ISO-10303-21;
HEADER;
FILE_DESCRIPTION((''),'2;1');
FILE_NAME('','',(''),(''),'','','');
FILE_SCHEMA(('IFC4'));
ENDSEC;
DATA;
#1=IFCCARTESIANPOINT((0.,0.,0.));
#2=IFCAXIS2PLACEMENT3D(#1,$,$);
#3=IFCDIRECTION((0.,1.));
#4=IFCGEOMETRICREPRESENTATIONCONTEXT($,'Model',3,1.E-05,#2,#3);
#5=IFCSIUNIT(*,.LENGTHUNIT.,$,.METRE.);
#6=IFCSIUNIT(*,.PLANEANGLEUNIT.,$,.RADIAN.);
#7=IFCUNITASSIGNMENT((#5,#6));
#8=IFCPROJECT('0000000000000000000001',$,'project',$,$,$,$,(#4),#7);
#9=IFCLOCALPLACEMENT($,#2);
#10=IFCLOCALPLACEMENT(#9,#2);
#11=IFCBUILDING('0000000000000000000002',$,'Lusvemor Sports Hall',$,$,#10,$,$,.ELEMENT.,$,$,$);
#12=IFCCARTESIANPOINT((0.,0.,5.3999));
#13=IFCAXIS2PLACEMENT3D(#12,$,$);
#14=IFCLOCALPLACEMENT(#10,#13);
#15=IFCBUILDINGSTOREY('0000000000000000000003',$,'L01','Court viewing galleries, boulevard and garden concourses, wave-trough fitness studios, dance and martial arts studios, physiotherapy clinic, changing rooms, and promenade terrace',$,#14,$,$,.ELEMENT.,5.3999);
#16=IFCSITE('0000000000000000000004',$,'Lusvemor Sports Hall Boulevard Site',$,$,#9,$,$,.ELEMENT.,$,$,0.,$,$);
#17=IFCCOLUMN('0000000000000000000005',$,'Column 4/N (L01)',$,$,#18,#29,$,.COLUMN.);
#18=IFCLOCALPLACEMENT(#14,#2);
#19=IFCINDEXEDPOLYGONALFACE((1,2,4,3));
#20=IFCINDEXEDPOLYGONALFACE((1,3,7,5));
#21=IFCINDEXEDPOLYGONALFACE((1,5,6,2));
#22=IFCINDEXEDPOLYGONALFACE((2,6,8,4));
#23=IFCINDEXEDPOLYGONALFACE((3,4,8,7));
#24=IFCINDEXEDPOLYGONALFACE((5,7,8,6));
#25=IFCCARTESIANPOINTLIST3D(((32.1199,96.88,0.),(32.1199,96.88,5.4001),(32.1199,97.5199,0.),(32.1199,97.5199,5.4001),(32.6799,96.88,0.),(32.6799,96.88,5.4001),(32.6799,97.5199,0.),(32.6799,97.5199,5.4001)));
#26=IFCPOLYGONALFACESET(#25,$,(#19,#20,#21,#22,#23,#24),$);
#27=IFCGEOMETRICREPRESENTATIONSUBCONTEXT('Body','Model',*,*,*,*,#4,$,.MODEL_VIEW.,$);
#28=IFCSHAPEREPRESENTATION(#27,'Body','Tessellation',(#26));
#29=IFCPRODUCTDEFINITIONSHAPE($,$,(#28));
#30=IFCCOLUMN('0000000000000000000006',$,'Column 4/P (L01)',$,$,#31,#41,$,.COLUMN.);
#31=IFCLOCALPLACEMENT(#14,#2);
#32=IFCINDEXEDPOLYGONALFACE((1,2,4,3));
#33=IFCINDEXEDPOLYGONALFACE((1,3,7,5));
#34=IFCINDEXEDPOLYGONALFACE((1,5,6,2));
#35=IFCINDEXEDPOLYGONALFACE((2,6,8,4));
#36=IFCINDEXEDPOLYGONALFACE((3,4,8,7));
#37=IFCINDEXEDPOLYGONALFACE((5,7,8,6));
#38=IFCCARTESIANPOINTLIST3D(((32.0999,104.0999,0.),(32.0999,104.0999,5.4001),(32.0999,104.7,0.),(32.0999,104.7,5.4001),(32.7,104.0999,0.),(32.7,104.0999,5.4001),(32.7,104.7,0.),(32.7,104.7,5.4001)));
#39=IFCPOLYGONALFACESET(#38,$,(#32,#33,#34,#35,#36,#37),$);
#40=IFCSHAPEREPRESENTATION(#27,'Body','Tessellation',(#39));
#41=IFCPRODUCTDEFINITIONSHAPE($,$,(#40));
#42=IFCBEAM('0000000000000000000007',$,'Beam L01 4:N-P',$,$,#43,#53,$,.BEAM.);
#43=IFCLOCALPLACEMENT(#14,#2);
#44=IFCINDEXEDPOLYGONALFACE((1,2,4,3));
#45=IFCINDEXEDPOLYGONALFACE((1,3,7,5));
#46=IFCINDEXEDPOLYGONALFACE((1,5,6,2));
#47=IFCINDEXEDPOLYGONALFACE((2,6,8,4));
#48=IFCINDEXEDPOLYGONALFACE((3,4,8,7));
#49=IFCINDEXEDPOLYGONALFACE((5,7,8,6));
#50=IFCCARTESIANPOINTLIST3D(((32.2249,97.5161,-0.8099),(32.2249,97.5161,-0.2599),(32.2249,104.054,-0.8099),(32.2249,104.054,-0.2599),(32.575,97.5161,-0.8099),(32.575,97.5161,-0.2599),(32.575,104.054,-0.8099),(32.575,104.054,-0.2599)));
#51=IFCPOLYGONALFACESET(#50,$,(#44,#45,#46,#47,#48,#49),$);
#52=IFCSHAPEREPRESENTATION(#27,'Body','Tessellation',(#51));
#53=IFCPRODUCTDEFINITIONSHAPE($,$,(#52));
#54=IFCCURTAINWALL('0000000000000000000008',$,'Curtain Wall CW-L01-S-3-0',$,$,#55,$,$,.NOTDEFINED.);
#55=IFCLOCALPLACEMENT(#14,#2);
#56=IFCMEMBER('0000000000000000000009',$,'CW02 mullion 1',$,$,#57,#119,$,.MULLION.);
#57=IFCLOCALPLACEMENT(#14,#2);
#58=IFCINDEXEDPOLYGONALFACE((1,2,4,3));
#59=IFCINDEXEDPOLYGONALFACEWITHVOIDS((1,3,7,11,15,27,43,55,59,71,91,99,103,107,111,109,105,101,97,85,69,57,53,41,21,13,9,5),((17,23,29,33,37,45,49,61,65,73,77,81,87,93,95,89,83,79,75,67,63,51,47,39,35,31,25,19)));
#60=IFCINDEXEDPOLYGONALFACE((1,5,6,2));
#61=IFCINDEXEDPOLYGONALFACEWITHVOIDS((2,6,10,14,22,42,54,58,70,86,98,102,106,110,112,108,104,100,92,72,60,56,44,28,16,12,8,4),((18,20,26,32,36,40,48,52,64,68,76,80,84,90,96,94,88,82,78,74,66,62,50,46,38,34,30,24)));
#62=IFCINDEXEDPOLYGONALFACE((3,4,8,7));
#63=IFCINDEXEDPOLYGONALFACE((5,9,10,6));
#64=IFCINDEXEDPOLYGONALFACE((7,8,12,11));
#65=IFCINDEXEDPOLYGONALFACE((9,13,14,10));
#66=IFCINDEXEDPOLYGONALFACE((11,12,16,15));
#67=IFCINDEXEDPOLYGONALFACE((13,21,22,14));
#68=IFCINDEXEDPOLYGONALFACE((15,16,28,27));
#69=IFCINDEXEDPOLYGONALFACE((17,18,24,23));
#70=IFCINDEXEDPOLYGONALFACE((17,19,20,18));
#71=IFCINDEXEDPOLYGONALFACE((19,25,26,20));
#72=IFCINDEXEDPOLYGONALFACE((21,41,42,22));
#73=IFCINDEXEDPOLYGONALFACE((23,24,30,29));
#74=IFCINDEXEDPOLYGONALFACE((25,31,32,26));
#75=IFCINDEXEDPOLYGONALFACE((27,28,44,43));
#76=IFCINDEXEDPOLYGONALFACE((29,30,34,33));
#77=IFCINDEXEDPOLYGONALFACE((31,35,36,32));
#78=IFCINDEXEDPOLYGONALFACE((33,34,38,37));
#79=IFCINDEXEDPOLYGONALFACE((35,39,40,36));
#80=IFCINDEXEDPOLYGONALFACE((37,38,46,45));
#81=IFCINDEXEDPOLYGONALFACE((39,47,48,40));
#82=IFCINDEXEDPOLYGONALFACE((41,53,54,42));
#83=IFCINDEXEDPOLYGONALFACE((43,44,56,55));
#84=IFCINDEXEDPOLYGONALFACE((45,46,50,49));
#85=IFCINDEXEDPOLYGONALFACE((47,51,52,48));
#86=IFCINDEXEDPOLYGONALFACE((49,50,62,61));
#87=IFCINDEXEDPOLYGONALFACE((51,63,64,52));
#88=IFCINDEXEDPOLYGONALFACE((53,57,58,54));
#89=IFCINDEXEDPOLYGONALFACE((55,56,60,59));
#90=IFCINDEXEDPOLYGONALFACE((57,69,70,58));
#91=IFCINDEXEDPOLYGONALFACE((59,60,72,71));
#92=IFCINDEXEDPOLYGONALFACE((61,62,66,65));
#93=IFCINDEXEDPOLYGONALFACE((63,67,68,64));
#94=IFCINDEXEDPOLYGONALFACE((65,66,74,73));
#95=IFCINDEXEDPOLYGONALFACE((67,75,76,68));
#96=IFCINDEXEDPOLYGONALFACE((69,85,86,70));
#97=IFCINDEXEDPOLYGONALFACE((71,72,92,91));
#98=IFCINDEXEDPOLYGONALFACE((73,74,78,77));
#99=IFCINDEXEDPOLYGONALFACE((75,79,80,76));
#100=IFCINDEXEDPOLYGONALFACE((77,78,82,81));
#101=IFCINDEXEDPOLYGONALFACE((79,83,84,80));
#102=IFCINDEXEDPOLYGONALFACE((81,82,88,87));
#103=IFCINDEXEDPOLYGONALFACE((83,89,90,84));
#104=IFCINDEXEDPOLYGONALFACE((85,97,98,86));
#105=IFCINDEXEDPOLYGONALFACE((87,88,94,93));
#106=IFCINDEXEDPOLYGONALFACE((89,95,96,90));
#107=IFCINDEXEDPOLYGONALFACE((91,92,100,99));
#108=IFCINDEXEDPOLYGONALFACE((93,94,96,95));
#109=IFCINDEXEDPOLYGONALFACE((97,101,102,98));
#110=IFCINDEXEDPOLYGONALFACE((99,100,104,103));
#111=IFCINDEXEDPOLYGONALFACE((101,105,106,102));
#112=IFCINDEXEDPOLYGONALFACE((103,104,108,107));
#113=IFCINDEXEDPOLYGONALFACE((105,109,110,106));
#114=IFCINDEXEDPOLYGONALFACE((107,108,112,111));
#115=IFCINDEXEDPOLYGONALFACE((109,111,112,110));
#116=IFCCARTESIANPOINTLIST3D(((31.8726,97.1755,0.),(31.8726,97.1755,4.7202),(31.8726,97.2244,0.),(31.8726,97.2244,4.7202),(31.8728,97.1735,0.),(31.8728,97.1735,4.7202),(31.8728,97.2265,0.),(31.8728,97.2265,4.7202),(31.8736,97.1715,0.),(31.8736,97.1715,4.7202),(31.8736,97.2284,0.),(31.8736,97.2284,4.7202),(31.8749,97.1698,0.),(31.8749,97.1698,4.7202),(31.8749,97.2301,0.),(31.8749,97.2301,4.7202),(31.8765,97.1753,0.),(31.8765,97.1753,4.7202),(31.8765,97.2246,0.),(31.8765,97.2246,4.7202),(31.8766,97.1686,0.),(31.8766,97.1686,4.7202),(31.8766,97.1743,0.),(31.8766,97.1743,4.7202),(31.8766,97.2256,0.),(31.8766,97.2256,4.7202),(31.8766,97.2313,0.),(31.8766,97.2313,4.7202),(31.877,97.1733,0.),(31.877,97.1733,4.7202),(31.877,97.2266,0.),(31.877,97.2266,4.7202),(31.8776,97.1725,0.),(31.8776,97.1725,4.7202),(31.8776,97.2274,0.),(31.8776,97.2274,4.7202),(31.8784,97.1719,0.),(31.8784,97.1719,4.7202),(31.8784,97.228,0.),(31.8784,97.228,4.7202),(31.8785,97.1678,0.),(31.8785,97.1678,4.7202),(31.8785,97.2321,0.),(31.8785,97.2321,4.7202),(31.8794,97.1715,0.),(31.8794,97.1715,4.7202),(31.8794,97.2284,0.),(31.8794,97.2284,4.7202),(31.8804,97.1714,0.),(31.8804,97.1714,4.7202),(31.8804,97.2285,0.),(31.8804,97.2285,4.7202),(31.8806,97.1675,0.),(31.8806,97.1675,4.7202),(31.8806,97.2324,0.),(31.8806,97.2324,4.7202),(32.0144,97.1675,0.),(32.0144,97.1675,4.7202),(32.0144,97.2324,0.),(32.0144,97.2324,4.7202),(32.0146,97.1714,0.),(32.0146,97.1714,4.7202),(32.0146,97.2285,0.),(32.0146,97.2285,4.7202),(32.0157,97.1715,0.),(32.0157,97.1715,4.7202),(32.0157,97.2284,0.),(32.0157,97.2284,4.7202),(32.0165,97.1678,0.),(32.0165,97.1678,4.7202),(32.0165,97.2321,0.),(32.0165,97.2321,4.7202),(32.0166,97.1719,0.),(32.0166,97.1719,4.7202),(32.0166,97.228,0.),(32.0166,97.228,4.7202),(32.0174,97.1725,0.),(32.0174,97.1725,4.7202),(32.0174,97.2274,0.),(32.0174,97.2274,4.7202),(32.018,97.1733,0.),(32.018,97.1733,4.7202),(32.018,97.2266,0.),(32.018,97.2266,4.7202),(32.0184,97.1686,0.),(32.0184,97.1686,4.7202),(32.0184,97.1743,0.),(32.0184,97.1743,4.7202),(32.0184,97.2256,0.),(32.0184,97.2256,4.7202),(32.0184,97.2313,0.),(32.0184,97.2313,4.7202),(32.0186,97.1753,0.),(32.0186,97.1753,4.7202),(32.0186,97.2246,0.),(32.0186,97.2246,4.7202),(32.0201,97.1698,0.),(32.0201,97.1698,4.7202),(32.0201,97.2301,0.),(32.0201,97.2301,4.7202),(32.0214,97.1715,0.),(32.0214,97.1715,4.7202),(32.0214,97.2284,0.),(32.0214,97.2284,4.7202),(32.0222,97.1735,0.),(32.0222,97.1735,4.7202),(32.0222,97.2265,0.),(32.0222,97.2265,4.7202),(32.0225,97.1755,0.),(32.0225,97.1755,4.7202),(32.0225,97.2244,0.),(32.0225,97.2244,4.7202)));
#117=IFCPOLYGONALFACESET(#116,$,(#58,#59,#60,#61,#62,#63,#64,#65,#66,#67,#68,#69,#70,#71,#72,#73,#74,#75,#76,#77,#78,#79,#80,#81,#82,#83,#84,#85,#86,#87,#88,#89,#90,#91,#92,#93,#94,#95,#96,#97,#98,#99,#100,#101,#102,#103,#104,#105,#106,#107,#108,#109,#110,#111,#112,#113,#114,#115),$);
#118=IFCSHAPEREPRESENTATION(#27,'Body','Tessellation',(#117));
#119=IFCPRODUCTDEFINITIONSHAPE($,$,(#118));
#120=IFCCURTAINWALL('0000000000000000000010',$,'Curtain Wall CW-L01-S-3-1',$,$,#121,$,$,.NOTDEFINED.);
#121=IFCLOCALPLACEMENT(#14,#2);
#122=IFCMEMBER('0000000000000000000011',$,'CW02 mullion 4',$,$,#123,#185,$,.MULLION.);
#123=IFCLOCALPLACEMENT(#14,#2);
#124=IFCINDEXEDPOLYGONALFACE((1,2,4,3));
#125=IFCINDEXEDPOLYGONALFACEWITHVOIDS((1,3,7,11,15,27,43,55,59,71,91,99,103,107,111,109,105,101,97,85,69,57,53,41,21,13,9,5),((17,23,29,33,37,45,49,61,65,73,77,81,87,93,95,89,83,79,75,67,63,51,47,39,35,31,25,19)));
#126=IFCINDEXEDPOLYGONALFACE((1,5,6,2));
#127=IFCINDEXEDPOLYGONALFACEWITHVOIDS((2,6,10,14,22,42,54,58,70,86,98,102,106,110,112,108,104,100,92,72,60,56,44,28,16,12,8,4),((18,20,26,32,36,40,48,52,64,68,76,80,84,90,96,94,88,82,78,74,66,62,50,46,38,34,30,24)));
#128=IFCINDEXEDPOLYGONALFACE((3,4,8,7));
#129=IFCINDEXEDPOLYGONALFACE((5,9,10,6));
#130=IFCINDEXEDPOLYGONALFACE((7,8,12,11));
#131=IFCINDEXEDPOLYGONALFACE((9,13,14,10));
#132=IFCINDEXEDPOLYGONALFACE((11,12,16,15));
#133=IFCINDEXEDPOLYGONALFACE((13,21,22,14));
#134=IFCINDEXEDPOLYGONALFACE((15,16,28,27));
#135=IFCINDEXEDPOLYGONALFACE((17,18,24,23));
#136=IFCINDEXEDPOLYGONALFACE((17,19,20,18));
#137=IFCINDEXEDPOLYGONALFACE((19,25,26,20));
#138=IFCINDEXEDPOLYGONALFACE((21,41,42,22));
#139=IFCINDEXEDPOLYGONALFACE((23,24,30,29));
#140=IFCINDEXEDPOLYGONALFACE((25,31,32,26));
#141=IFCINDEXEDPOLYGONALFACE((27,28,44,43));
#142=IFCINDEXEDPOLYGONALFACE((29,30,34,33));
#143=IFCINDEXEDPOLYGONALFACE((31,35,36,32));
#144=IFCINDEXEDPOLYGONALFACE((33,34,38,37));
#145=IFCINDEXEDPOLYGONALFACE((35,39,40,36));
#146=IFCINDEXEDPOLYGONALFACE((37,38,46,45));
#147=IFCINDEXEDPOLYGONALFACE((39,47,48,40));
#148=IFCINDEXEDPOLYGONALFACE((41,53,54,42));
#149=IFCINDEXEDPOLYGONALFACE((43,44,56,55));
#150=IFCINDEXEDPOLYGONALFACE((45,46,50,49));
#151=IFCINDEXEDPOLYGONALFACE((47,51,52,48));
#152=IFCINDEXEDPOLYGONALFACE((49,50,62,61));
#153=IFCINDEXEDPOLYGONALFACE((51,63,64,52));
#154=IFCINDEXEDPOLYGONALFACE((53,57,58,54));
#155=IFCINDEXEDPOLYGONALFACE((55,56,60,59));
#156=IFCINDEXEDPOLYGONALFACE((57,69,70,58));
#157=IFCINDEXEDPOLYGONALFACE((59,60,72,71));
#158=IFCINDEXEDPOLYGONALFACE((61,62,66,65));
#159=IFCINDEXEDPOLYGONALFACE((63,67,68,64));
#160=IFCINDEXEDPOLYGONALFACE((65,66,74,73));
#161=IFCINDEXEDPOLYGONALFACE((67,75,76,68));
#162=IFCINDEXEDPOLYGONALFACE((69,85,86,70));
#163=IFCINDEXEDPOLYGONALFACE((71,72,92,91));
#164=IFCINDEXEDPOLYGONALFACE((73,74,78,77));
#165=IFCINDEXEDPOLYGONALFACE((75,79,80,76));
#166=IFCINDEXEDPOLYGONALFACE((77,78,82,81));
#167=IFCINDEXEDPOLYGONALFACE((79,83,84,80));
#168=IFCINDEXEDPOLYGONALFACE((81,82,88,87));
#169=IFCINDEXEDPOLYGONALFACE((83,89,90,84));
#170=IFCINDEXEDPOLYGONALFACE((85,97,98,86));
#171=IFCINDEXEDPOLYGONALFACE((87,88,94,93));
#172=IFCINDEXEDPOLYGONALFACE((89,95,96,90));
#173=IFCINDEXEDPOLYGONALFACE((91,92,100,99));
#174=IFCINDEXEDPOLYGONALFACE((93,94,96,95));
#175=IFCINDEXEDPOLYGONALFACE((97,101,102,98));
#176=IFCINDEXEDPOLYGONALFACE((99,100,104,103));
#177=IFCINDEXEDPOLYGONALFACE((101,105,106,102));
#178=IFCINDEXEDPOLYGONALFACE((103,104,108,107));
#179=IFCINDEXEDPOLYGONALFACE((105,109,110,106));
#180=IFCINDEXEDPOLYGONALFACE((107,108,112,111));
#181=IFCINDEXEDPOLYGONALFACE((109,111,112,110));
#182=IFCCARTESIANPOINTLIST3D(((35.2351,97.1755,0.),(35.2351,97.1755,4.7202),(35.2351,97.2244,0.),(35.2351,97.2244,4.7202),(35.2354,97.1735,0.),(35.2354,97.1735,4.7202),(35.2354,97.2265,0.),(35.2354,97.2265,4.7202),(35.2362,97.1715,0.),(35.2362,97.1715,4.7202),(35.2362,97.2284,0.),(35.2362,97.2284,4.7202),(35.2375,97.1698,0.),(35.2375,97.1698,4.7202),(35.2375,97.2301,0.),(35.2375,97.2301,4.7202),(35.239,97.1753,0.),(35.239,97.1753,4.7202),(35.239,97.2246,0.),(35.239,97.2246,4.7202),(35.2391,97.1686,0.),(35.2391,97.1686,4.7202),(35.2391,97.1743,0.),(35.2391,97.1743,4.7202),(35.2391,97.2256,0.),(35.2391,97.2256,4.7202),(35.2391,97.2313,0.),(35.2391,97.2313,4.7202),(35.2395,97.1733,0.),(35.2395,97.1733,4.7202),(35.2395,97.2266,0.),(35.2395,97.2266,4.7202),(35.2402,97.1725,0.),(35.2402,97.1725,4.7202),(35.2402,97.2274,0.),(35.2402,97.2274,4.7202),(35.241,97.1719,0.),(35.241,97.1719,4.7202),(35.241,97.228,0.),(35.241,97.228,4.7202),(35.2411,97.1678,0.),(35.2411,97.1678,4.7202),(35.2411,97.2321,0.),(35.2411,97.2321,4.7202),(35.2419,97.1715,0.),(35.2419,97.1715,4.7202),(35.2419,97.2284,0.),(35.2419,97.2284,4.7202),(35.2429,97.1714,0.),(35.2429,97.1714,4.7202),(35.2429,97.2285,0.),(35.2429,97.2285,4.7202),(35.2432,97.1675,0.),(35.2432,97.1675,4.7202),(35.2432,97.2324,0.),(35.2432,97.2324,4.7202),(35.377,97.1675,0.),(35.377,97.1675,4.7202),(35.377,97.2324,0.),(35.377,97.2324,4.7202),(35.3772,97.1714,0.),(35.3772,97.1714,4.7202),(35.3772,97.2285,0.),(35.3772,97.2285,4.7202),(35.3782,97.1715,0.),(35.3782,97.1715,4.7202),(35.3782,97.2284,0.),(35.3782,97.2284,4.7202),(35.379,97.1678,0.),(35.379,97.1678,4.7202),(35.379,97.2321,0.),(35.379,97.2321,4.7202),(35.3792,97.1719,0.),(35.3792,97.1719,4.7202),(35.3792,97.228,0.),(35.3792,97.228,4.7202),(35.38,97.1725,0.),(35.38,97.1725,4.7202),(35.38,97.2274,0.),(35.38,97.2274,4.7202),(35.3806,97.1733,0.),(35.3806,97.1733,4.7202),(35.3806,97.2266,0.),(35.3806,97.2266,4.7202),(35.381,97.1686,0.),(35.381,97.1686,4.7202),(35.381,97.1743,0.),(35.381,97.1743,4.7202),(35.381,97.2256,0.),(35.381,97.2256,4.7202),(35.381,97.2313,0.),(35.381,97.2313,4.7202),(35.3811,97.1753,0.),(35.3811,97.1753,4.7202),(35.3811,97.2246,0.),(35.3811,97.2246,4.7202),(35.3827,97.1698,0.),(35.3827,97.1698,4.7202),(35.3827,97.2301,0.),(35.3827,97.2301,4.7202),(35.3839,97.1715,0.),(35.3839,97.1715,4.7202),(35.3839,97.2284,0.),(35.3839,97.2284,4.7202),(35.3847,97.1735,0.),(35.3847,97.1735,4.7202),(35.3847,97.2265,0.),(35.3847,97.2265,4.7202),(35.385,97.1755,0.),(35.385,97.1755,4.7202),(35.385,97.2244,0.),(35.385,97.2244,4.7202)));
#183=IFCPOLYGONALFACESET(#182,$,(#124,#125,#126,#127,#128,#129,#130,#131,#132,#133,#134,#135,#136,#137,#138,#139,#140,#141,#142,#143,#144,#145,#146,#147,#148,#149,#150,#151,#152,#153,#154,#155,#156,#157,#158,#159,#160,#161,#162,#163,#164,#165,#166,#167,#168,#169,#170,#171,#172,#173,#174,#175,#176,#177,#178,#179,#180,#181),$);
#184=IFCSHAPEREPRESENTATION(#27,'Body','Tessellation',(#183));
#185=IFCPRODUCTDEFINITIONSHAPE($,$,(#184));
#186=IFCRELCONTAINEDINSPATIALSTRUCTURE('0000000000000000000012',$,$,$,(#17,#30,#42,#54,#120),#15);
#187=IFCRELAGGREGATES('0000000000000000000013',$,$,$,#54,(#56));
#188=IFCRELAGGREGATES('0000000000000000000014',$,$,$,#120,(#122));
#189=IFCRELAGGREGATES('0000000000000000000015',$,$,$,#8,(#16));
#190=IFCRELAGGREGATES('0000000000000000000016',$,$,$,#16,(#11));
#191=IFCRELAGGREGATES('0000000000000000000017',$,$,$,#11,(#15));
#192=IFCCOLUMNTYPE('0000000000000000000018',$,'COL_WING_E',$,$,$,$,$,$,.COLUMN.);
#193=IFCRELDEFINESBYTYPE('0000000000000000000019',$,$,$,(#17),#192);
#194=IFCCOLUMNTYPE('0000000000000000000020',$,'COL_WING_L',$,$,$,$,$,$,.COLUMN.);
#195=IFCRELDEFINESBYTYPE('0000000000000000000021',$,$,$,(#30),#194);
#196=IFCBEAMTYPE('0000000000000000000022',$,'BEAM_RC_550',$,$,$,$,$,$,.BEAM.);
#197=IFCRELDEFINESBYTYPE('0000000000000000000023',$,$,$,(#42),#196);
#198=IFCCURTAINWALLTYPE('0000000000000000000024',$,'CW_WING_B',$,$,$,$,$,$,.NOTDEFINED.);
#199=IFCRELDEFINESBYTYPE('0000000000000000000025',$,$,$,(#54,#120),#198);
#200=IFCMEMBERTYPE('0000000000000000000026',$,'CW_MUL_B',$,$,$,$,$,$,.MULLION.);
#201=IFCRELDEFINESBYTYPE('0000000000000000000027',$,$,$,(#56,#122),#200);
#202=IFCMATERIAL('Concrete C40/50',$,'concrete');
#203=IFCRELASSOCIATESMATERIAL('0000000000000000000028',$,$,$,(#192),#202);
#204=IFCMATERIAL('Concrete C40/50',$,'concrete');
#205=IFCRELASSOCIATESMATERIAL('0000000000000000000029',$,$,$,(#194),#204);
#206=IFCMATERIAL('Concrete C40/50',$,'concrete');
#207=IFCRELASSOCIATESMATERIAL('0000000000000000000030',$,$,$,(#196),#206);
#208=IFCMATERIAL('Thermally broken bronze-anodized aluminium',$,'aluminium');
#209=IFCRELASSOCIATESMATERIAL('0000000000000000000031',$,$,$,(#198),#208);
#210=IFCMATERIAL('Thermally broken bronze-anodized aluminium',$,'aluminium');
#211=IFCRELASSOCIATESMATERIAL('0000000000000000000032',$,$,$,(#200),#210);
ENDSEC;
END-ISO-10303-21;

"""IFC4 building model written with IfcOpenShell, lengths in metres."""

from ifc_helpers import new_model, si_unit, direction, frame, origin, origin_2d, place, context, subcontext, project, spatial, rectangle, hollow_rectangle, extrude, material, material_profile, profile_set, type_object, element, aggregate, save


model = new_model("IFC4")

# Units and contexts
model_context = context("Model", 3, precision=1e-05, world=origin(), true_north=direction((0.0, 1.0)))
body_context = subcontext(model_context, "Body", "Model", "MODEL_VIEW")
ifc_project = project(units=[si_unit("LENGTHUNIT", "METRE"), si_unit("PLANEANGLEUNIT", "RADIAN")], contexts=[model_context])

# Site, building, storey
site_placement = place(None, origin())
site = spatial("IfcSite", under=ifc_project, at=site_placement, Name="Lusvemor Sports Hall Boulevard Site", CompositionType="ELEMENT", RefElevation=0.0)
building_placement = place(site_placement, origin())
building = spatial("IfcBuilding", under=site, at=building_placement, Name="Lusvemor Sports Hall", CompositionType="ELEMENT")
storey_placement = place(building_placement, frame((0.0, 0.0, 5.3999)))
storey = spatial("IfcBuildingStorey", under=building, at=storey_placement, Name="L01", Description="Court viewing galleries, boulevard and garden concourses, wave-trough fitness studios, dance and martial arts studios, physiotherapy clinic, changing rooms, and promenade terrace", CompositionType="ELEMENT", Elevation=5.3999)

# Columns
ifc_material_1 = material(Name="Concrete C40/50", Category="concrete")
ifc_material_profile_1 = material_profile(ifc_material_1, rectangle(XDim=0.5601, YDim=0.6399, at=origin_2d()), Name="RC560x640")
ifc_profile_set_1 = profile_set([ifc_material_profile_1], Name="Concrete C40/50")
column_type_1 = type_object("IfcColumnType", Name="COL_WING_E", PredefinedType="COLUMN", material=ifc_profile_set_1)
column_1_placement = place(storey_placement, frame((32.3999, 97.2, 0.0), z_axis=(0.0, 0.0, 1.0), x_axis=(1.0, 0.0, 0.0)))
element("IfcColumn", 1, at=column_1_placement, inside=storey, type_object=column_type_1, Name="Column 4/N (L01)", PredefinedType="COLUMN", context=body_context, shape_type="SweptSolid", body=[
    extrude(rectangle(XDim=0.5601, YDim=0.6399, at=origin_2d()), origin(), (0.0, 0.0, 1.0), 5.4001),
])
ifc_material_2 = material(Name="Concrete C40/50", Category="concrete")
ifc_material_profile_2 = material_profile(ifc_material_2, rectangle(XDim=0.6001, YDim=0.6001, at=origin_2d()), Name="RC600x600")
ifc_profile_set_2 = profile_set([ifc_material_profile_2], Name="Concrete C40/50")
column_type_2 = type_object("IfcColumnType", Name="COL_WING_L", PredefinedType="COLUMN", material=ifc_profile_set_2)
column_2_placement = place(storey_placement, frame((32.3999, 104.3999, 0.0), z_axis=(0.0, 0.0, 1.0), x_axis=(1.0, 0.0, 0.0)))
element("IfcColumn", 2, at=column_2_placement, inside=storey, type_object=column_type_2, Name="Column 4/P (L01)", PredefinedType="COLUMN", context=body_context, shape_type="SweptSolid", body=[
    extrude(rectangle(XDim=0.6001, YDim=0.6001, at=origin_2d()), origin(), (0.0, 0.0, 1.0), 5.4001),
])

# Beam
ifc_material_3 = material(Name="Concrete C40/50", Category="concrete")
ifc_material_profile_3 = material_profile(ifc_material_3, rectangle(XDim=0.3501, YDim=0.55, at=origin_2d()), Name="RC350x550")
ifc_profile_set_3 = profile_set([ifc_material_profile_3], Name="Concrete C40/50")
beam_type_1 = type_object("IfcBeamType", Name="BEAM_RC_550", PredefinedType="BEAM", material=ifc_profile_set_3)
beam_1_placement = place(storey_placement, frame((32.3999, 97.5161, -0.5349), z_axis=(0.0, 1.0, 0.0), x_axis=(-1.0, 0.0, 0.0)))
element("IfcBeam", 3, at=beam_1_placement, inside=storey, type_object=beam_type_1, Name="Beam L01 4:N-P", PredefinedType="BEAM", context=body_context, shape_type="SweptSolid", body=[
    extrude(rectangle(XDim=0.3501, YDim=0.55, at=origin_2d()), origin(), (0.0, 0.0, 1.0), 6.5378),
])

# Curtain wall, member
ifc_material_4 = material(Name="Thermally broken bronze-anodized aluminium", Category="aluminium")
curtain_wall_type = type_object("IfcCurtainWallType", Name="CW_WING_B", PredefinedType="NOTDEFINED", material=ifc_material_4)
curtain_wall_1_placement = place(storey_placement, origin())
curtain_wall_1 = element("IfcCurtainWall", 4, at=curtain_wall_1_placement, inside=storey, type_object=curtain_wall_type, Name="Curtain Wall CW-L01-S-3-0", PredefinedType="NOTDEFINED")
ifc_material_5 = material(Name="Thermally broken bronze-anodized aluminium", Category="aluminium")
ifc_material_profile_4 = material_profile(ifc_material_5, hollow_rectangle(XDim=0.0649, YDim=0.1499, WallThickness=0.0039, InnerFilletRadius=0.0039, OuterFilletRadius=0.0081, at=origin_2d()), Name="CWMUL150x65x4")
ifc_profile_set_4 = profile_set([ifc_material_profile_4], Name="Thermally broken bronze-anodized aluminium")
member_type_1 = type_object("IfcMemberType", Name="CW_MUL_B", PredefinedType="MULLION", material=ifc_profile_set_4)
member_1_placement = place(storey_placement, frame((31.9475, 97.2, 0.0), z_axis=(0.0, 0.0, 1.0), x_axis=(0.0, -1.0, 0.0)))
member_1 = element("IfcMember", 5, at=member_1_placement, type_object=member_type_1, Name="CW02 mullion 1", PredefinedType="MULLION", context=body_context, shape_type="SweptSolid", body=[
    extrude(hollow_rectangle(XDim=0.0649, YDim=0.1499, WallThickness=0.0039, InnerFilletRadius=0.0039, OuterFilletRadius=0.0081, at=origin_2d()), origin(), (0.0, 0.0, 1.0), 4.7202),
])

# Curtain wall, member
curtain_wall_2_placement = place(storey_placement, origin())
curtain_wall_2 = element("IfcCurtainWall", 6, at=curtain_wall_2_placement, inside=storey, type_object=curtain_wall_type, Name="Curtain Wall CW-L01-S-3-1", PredefinedType="NOTDEFINED")
member_2_placement = place(storey_placement, frame((35.3101, 97.2, 0.0), z_axis=(0.0, 0.0, 1.0), x_axis=(0.0, -1.0, 0.0)))
member_2 = element("IfcMember", 7, at=member_2_placement, type_object=member_type_1, Name="CW02 mullion 4", PredefinedType="MULLION", context=body_context, shape_type="SweptSolid", body=[
    extrude(hollow_rectangle(XDim=0.0649, YDim=0.1499, WallThickness=0.0039, InnerFilletRadius=0.0039, OuterFilletRadius=0.0081, at=origin_2d()), origin(), (0.0, 0.0, 1.0), 4.7202),
])

aggregate(curtain_wall_1, [member_1])
aggregate(curtain_wall_2, [member_2])

save(model, "model.ifc")
